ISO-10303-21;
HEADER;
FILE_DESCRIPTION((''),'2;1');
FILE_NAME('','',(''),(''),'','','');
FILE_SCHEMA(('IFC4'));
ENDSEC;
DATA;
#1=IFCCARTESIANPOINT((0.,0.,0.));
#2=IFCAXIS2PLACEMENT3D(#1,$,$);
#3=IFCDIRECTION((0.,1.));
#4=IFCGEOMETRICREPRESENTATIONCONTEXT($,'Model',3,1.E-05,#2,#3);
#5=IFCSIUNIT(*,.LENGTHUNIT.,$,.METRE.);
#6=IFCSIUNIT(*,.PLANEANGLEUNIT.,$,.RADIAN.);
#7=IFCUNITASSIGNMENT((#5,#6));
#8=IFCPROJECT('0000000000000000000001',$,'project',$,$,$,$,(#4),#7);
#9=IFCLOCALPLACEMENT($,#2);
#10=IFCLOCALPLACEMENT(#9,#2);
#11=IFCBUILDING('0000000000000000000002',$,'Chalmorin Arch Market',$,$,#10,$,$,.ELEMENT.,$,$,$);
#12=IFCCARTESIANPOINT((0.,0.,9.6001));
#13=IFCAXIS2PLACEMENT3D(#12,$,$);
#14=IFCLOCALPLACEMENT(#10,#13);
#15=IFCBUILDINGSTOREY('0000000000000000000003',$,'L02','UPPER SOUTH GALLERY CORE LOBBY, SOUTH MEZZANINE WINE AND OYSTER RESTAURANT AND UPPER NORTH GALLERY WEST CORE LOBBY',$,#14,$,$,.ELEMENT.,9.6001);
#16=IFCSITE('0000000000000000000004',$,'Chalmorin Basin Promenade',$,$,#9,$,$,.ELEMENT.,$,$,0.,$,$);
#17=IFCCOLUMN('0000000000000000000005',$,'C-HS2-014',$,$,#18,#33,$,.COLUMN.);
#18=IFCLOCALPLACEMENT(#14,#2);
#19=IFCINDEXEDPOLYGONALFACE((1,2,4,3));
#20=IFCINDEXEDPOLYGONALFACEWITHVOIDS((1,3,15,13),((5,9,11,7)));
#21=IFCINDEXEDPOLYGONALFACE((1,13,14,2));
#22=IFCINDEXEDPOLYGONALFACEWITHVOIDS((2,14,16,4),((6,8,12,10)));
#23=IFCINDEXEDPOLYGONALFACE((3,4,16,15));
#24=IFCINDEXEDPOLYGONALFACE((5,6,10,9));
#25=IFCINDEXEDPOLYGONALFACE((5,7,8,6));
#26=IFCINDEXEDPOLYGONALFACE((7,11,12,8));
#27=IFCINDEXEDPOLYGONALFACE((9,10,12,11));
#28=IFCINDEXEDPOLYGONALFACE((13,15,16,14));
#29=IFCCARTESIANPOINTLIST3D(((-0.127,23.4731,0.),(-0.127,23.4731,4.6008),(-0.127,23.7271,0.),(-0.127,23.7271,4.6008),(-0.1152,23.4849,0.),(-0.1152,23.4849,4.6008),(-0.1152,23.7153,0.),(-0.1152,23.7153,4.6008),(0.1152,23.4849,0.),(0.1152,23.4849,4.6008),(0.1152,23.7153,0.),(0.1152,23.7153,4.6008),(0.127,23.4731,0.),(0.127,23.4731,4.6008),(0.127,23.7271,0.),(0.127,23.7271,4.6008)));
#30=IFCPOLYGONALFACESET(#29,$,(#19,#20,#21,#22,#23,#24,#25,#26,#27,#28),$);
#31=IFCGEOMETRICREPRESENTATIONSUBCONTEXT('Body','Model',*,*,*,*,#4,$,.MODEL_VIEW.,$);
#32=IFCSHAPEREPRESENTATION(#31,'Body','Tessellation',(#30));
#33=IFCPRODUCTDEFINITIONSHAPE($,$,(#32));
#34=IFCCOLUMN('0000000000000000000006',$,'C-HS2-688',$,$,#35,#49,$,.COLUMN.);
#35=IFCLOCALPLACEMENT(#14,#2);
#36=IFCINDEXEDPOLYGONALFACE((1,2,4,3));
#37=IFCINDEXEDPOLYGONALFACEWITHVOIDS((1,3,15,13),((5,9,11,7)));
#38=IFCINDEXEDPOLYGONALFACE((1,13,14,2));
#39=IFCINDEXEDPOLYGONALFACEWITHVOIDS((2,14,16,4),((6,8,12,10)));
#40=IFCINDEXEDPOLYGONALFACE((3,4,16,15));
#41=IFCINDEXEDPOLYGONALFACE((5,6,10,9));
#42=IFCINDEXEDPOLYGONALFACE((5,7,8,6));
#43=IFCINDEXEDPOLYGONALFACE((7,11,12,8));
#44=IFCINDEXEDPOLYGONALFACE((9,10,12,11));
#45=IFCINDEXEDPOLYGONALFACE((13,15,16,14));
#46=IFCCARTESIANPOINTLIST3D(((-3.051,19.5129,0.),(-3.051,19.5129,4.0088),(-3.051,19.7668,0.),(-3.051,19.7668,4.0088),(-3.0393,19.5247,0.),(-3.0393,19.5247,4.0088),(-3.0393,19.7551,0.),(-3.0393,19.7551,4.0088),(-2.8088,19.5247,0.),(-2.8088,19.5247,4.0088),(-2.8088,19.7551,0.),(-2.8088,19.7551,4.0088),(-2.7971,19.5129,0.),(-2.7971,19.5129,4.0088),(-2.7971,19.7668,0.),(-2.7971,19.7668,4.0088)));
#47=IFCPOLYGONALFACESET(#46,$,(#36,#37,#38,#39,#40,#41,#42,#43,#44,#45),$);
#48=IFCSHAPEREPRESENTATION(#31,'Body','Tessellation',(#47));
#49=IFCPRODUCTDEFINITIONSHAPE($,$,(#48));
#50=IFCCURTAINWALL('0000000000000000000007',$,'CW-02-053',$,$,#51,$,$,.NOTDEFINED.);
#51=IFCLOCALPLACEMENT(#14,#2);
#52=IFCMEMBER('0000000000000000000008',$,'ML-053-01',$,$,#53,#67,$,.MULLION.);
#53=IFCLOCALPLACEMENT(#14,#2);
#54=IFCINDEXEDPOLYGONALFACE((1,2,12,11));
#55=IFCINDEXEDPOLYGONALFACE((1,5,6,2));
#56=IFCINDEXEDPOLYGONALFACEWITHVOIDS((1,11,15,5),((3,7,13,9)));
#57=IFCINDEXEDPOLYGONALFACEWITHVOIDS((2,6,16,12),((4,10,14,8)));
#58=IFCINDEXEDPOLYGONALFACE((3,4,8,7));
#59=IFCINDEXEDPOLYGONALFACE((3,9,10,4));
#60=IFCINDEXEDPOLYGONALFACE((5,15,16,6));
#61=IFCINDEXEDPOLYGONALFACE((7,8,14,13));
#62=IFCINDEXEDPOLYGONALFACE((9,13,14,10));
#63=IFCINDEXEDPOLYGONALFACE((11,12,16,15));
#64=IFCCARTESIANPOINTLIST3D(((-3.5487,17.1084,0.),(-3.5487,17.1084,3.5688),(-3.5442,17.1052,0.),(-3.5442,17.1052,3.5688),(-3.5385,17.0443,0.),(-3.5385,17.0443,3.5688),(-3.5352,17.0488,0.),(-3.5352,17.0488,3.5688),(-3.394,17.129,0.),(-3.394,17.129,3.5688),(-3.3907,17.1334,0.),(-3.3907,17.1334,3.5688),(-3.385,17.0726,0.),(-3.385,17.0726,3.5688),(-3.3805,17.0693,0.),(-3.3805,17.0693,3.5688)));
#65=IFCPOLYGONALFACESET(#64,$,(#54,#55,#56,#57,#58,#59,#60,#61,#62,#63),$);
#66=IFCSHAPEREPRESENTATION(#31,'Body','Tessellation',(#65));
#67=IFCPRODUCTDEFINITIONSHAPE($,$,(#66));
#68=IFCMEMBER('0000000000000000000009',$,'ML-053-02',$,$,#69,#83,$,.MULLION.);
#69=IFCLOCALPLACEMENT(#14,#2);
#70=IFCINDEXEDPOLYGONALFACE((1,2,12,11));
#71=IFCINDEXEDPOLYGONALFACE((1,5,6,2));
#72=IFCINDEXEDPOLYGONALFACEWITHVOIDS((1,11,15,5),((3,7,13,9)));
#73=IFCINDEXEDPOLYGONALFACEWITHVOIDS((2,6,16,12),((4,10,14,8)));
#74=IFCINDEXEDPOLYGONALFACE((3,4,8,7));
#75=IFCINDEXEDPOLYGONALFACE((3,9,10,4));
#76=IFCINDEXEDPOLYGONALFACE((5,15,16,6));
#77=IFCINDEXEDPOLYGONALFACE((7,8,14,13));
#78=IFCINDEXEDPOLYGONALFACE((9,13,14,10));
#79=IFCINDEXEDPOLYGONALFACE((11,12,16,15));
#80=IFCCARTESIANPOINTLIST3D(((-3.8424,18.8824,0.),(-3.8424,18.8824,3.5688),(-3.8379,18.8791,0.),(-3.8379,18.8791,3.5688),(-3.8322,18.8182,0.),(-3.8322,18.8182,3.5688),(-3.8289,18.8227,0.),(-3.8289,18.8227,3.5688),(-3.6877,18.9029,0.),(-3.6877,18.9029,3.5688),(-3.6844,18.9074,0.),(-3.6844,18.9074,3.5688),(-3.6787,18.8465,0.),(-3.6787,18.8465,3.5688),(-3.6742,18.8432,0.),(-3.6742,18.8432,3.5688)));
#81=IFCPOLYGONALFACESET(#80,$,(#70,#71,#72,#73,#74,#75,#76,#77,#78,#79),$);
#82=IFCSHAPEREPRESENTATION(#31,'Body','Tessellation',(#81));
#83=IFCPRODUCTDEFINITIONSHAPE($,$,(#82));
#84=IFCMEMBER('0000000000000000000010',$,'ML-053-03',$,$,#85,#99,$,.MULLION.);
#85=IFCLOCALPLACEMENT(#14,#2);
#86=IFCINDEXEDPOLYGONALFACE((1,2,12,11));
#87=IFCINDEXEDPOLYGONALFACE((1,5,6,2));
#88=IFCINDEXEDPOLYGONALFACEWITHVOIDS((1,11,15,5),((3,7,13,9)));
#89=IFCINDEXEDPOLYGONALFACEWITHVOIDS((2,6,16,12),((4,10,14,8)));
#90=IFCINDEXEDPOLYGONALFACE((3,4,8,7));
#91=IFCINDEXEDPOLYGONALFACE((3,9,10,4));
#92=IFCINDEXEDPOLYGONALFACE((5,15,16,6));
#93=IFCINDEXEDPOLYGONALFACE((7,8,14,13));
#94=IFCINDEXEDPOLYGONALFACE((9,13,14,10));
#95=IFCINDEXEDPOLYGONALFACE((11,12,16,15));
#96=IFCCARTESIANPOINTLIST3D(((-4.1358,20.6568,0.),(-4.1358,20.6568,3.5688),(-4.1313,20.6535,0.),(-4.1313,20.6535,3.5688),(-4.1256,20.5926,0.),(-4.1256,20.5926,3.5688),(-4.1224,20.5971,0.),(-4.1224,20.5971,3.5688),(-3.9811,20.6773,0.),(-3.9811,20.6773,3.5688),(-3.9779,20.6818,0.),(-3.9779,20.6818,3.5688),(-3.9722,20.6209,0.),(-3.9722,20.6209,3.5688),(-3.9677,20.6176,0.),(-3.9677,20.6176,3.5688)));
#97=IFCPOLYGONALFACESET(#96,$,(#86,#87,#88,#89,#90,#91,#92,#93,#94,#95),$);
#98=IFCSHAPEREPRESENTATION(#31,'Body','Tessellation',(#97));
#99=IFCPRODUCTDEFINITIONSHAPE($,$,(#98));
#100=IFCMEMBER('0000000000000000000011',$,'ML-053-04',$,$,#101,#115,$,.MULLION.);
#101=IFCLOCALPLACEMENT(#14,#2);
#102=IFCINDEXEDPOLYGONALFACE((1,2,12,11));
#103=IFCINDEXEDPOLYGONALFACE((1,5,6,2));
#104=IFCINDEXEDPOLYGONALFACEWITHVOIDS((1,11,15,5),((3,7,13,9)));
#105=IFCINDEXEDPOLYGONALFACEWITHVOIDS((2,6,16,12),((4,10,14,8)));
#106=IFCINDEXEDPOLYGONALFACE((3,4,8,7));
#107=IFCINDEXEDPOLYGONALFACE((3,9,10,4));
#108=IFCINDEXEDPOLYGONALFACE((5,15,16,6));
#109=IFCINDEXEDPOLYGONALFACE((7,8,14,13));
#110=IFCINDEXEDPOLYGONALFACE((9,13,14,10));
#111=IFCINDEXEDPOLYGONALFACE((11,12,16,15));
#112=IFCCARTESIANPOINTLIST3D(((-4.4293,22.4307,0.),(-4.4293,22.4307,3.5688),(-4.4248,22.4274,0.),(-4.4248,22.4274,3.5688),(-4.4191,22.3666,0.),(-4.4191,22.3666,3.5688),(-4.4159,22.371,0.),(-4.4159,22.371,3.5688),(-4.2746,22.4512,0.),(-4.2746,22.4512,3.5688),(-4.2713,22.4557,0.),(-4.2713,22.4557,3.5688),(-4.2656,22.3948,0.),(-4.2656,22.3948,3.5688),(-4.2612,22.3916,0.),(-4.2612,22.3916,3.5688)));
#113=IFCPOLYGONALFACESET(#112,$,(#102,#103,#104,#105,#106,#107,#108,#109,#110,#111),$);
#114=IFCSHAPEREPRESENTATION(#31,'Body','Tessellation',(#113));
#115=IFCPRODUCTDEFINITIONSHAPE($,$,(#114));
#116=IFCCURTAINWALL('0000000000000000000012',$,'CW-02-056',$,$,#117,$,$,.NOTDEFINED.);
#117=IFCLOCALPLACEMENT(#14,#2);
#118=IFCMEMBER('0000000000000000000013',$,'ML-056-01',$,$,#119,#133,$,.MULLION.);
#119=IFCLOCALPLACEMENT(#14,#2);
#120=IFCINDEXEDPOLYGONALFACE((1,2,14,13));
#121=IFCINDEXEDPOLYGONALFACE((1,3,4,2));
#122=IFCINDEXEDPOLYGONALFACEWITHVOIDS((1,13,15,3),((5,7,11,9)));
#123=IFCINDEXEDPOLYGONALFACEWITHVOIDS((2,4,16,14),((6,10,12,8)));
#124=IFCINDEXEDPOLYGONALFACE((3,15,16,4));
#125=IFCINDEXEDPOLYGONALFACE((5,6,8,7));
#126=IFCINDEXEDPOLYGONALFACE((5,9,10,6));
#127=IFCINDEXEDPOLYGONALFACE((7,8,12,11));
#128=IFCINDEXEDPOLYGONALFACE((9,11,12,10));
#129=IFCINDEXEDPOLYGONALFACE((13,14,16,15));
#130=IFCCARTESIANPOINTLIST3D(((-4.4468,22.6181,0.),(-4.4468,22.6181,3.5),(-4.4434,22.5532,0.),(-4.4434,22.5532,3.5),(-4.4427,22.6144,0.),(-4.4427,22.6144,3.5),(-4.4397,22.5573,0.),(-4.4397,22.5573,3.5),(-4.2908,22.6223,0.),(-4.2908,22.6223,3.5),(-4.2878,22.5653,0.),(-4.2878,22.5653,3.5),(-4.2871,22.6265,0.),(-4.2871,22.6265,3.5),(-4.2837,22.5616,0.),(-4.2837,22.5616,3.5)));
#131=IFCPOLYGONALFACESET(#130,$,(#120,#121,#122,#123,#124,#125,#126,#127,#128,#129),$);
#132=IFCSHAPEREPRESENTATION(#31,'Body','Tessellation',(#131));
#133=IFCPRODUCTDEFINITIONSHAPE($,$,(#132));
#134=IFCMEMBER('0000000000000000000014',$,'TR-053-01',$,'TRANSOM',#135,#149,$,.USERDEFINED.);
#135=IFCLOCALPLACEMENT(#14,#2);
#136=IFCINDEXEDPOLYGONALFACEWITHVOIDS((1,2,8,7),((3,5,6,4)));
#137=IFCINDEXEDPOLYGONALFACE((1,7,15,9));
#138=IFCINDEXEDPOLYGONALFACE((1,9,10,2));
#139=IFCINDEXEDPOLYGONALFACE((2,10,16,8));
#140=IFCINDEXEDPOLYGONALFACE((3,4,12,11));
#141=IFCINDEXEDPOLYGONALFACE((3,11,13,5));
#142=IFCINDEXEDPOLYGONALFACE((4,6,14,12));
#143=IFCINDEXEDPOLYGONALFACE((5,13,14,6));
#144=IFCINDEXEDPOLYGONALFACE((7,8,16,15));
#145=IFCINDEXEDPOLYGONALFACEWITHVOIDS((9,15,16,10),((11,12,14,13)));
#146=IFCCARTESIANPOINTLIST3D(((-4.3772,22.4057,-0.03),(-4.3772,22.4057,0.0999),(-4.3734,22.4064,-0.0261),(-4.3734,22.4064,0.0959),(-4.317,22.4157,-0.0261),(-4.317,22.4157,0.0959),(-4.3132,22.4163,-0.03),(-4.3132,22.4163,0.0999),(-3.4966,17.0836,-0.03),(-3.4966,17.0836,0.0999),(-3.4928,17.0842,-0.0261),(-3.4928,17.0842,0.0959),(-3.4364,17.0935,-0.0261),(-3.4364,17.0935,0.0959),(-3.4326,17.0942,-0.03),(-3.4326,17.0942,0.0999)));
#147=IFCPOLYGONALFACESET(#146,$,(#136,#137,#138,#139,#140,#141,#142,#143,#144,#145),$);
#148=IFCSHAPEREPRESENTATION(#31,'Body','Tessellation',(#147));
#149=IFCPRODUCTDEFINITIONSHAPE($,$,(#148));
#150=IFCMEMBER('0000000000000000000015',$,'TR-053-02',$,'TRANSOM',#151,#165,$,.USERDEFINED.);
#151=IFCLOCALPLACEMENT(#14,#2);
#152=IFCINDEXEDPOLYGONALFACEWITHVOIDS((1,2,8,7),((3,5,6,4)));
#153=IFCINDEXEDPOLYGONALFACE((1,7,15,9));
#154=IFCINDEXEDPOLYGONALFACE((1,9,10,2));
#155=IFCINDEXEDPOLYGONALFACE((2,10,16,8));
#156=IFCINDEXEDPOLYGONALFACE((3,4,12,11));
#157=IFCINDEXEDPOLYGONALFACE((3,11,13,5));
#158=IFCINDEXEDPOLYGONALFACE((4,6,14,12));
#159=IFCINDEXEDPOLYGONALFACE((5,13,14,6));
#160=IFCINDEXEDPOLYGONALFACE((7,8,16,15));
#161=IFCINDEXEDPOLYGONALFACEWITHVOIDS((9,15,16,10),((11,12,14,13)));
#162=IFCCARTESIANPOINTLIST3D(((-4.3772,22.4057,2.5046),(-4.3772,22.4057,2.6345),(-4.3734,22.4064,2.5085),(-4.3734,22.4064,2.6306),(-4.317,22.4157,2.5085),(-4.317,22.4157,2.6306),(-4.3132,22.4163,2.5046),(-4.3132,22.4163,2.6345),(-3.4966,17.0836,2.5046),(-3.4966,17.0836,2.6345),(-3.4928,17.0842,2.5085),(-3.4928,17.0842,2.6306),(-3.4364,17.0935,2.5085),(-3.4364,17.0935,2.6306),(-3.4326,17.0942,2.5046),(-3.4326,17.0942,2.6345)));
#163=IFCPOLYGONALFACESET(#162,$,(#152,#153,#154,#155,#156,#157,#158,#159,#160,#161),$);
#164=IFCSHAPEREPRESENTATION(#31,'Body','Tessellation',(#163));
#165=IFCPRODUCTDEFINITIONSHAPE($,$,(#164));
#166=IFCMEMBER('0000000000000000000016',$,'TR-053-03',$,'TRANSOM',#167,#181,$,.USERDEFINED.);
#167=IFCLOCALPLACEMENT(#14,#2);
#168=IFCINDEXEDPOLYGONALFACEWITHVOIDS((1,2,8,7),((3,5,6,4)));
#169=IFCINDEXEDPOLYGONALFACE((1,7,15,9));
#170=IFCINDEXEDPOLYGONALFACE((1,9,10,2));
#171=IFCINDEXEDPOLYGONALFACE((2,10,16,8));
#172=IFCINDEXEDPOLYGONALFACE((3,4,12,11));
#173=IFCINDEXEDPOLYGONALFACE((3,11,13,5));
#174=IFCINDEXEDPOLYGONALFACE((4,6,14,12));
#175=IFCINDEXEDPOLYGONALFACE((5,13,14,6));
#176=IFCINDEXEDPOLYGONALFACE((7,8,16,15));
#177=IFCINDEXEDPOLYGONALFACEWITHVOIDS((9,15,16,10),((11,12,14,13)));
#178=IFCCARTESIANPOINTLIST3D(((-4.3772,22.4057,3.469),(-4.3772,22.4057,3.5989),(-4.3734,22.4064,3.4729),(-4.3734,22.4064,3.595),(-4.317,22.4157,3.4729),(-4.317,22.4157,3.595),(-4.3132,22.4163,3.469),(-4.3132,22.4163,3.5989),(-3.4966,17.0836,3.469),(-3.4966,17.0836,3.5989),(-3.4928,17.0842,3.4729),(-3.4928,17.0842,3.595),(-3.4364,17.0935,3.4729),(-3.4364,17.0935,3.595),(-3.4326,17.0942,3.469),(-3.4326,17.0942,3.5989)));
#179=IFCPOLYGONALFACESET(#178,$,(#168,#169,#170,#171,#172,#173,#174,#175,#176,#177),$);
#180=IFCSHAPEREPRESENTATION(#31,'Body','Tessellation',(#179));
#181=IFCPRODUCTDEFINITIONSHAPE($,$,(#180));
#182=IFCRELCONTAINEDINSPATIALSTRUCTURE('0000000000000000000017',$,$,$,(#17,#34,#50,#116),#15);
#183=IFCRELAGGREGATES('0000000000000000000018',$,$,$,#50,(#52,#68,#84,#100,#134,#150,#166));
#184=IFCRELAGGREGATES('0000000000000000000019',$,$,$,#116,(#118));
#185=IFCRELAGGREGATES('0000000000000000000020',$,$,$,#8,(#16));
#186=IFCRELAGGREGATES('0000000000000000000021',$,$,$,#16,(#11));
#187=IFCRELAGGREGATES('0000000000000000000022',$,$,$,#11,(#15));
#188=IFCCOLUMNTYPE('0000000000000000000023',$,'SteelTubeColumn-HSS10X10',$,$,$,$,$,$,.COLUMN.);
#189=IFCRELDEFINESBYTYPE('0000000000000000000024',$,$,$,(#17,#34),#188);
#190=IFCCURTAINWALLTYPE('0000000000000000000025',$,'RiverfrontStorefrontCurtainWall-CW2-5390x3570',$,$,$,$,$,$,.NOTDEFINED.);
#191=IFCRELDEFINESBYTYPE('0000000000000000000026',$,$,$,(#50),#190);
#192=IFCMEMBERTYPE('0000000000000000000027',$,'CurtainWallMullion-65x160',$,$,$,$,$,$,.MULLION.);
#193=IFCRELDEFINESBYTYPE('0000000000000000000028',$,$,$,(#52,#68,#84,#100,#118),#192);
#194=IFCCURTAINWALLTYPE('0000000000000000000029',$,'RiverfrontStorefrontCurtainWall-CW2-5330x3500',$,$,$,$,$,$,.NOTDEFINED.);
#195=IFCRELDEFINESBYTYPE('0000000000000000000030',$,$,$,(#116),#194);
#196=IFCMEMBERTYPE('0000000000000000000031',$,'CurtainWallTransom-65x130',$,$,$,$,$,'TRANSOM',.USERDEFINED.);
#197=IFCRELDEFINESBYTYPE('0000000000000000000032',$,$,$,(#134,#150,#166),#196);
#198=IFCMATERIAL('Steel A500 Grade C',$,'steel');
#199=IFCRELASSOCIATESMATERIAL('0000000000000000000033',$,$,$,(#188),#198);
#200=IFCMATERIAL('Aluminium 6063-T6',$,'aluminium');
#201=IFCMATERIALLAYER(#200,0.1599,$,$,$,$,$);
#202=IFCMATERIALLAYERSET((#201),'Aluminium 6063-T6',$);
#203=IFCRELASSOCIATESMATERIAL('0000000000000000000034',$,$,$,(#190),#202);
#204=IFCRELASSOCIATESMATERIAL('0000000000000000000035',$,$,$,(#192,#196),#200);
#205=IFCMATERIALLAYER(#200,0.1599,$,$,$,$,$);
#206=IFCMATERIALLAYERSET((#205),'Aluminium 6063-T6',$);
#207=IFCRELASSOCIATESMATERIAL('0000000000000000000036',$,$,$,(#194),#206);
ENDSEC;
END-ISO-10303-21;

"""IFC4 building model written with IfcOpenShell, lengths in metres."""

from ifc_helpers import new_model, si_unit, direction, frame, origin, origin_2d, place, context, subcontext, project, spatial, hollow_rectangle, extrude, material, layer, layer_set, material_profile, profile_set, type_object, element, aggregate, save


model = new_model("IFC4")

# Units and contexts
model_context = context("Model", 3, precision=1e-05, world=origin(), true_north=direction((0.0, 1.0)))
body_context = subcontext(model_context, "Body", "Model", "MODEL_VIEW")
ifc_project = project(units=[si_unit("LENGTHUNIT", "METRE"), si_unit("PLANEANGLEUNIT", "RADIAN")], contexts=[model_context])

# Site, building, storey
site_placement = place(None, origin())
site = spatial("IfcSite", under=ifc_project, at=site_placement, Name="Chalmorin Basin Promenade", CompositionType="ELEMENT", RefElevation=0.0)
building_placement = place(site_placement, origin())
building = spatial("IfcBuilding", under=site, at=building_placement, Name="Chalmorin Arch Market", CompositionType="ELEMENT")
storey_placement = place(building_placement, frame((0.0, 0.0, 9.6001)))
storey = spatial("IfcBuildingStorey", under=building, at=storey_placement, Name="L02", Description="UPPER SOUTH GALLERY CORE LOBBY, SOUTH MEZZANINE WINE AND OYSTER RESTAURANT AND UPPER NORTH GALLERY WEST CORE LOBBY", CompositionType="ELEMENT", Elevation=9.6001)

# Columns
ifc_material_1 = material(Name="Steel A500 Grade C", Category="steel")
ifc_material_profile_1 = material_profile(ifc_material_1, hollow_rectangle(XDim=0.2539, YDim=0.2539, WallThickness=0.0117, at=origin_2d()), Name="HSS10X10X1/2")
ifc_profile_set_1 = profile_set([ifc_material_profile_1], Name="Steel A500 Grade C")
column_type = type_object("IfcColumnType", Name="SteelTubeColumn-HSS10X10", PredefinedType="COLUMN", material=ifc_profile_set_1)
column_1_placement = place(storey_placement, frame((0.0, 23.6001, 0.0), z_axis=(0.0, 0.0, 1.0), x_axis=(1.0, 0.0, 0.0)))
element("IfcColumn", 1, at=column_1_placement, inside=storey, type_object=column_type, Name="C-HS2-014", PredefinedType="COLUMN", context=body_context, shape_type="SweptSolid", body=[
    extrude(hollow_rectangle(XDim=0.2539, YDim=0.2539, WallThickness=0.0117, at=origin_2d()), origin(), (0.0, 0.0, 1.0), 4.6008),
])
column_2_placement = place(storey_placement, frame((-2.9241, 19.6399, 0.0), z_axis=(0.0, 0.0, 1.0), x_axis=(1.0, 0.0, 0.0)))
element("IfcColumn", 2, at=column_2_placement, inside=storey, type_object=column_type, Name="C-HS2-688", PredefinedType="COLUMN", context=body_context, shape_type="SweptSolid", body=[
    extrude(hollow_rectangle(XDim=0.2539, YDim=0.2539, WallThickness=0.0117, at=origin_2d()), origin(), (0.0, 0.0, 1.0), 4.0088),
])

# Curtain wall, members
ifc_material_2 = material(Name="Aluminium 6063-T6", Category="aluminium")
ifc_layer_1 = layer(ifc_material_2, 0.1599)
ifc_layer_set_1 = layer_set([ifc_layer_1], Name="Aluminium 6063-T6")
curtain_wall_type_1 = type_object("IfcCurtainWallType", Name="RiverfrontStorefrontCurtainWall-CW2-5390x3570", PredefinedType="NOTDEFINED", material=ifc_layer_set_1)
curtain_wall_1_placement = place(storey_placement, origin())
curtain_wall_1 = element("IfcCurtainWall", 3, at=curtain_wall_1_placement, inside=storey, type_object=curtain_wall_type_1, Name="CW-02-053", PredefinedType="NOTDEFINED")
ifc_material_profile_2 = material_profile(ifc_material_2, hollow_rectangle(XDim=0.0649, YDim=0.1599, WallThickness=0.0039, at=origin_2d()), Name="ALU65X160X4")
ifc_profile_set_2 = profile_set([ifc_material_profile_2], Name="Aluminium 6063-T6")
member_type_1 = type_object("IfcMemberType", Name="CurtainWallMullion-65x160", PredefinedType="MULLION", material=ifc_profile_set_2)
member_1_placement = place(storey_placement, frame((-3.4646, 17.0889, 0.0), z_axis=(0.0, 0.0, 1.0), x_axis=(-0.156434, 0.987688, 0.0)))
member_1 = element("IfcMember", 4, at=member_1_placement, type_object=member_type_1, Name="ML-053-01", PredefinedType="MULLION", context=body_context, shape_type="SweptSolid", body=[
    extrude(hollow_rectangle(XDim=0.0649, YDim=0.1599, WallThickness=0.0039, at=origin_2d()), origin(), (0.0, 0.0, 1.0), 3.5688),
])
member_2_placement = place(storey_placement, frame((-3.7583, 18.8628, 0.0), z_axis=(0.0, 0.0, 1.0), x_axis=(-0.156434, 0.987688, 0.0)))
member_2 = element("IfcMember", 5, at=member_2_placement, type_object=member_type_1, Name="ML-053-02", PredefinedType="MULLION", context=body_context, shape_type="SweptSolid", body=[
    extrude(hollow_rectangle(XDim=0.0649, YDim=0.1599, WallThickness=0.0039, at=origin_2d()), origin(), (0.0, 0.0, 1.0), 3.5688),
])
member_3_placement = place(storey_placement, frame((-4.0518, 20.6372, 0.0), z_axis=(0.0, 0.0, 1.0), x_axis=(-0.156434, 0.987688, 0.0)))
member_3 = element("IfcMember", 6, at=member_3_placement, type_object=member_type_1, Name="ML-053-03", PredefinedType="MULLION", context=body_context, shape_type="SweptSolid", body=[
    extrude(hollow_rectangle(XDim=0.0649, YDim=0.1599, WallThickness=0.0039, at=origin_2d()), origin(), (0.0, 0.0, 1.0), 3.5688),
])
member_4_placement = place(storey_placement, frame((-4.3452, 22.4111, 0.0), z_axis=(0.0, 0.0, 1.0), x_axis=(-0.156434, 0.987688, 0.0)))
member_4 = element("IfcMember", 7, at=member_4_placement, type_object=member_type_1, Name="ML-053-04", PredefinedType="MULLION", context=body_context, shape_type="SweptSolid", body=[
    extrude(hollow_rectangle(XDim=0.0649, YDim=0.1599, WallThickness=0.0039, at=origin_2d()), origin(), (0.0, 0.0, 1.0), 3.5688),
])

# Curtain wall, member
ifc_layer_2 = layer(ifc_material_2, 0.1599)
ifc_layer_set_2 = layer_set([ifc_layer_2], Name="Aluminium 6063-T6")
curtain_wall_type_2 = type_object("IfcCurtainWallType", Name="RiverfrontStorefrontCurtainWall-CW2-5330x3500", PredefinedType="NOTDEFINED", material=ifc_layer_set_2)
curtain_wall_2_placement = place(storey_placement, origin())
curtain_wall_2 = element("IfcCurtainWall", 8, at=curtain_wall_2_placement, inside=storey, type_object=curtain_wall_type_2, Name="CW-02-056", PredefinedType="NOTDEFINED")
member_5_placement = place(storey_placement, frame((-4.3652, 22.5898, 0.0), z_axis=(0.0, 0.0, 1.0), x_axis=(-0.052336, 0.99863, 0.0)))
member_5 = element("IfcMember", 9, at=member_5_placement, type_object=member_type_1, Name="ML-056-01", PredefinedType="MULLION", context=body_context, shape_type="SweptSolid", body=[
    extrude(hollow_rectangle(XDim=0.0649, YDim=0.1599, WallThickness=0.0039, at=origin_2d()), origin(), (0.0, 0.0, 1.0), 3.5),
])

# Members
ifc_material_profile_3 = material_profile(ifc_material_2, hollow_rectangle(XDim=0.0649, YDim=0.1299, WallThickness=0.0039, at=origin_2d()), Name="ALU65X130X4")
ifc_profile_set_3 = profile_set([ifc_material_profile_3], Name="Aluminium 6063-T6")
member_type_2 = type_object("IfcMemberType", Name="CurtainWallTransom-65x130", ElementType="TRANSOM", PredefinedType="USERDEFINED", material=ifc_profile_set_3)
member_6_placement = place(storey_placement, frame((-3.4646, 17.0889, 0.0349), z_axis=(-0.163239, 0.986586, 0.0), x_axis=(-0.986586, -0.163239, 0.0)))
member_6 = element("IfcMember", 10, at=member_6_placement, type_object=member_type_2, Name="TR-053-01", ObjectType="TRANSOM", PredefinedType="USERDEFINED", context=body_context, shape_type="SweptSolid", body=[
    extrude(hollow_rectangle(XDim=0.0649, YDim=0.1299, WallThickness=0.0039, at=origin_2d()), origin(), (0.0, 0.0, 1.0), 5.3945),
])
member_7_placement = place(storey_placement, frame((-3.4646, 17.0889, 2.5696), z_axis=(-0.163239, 0.986586, 0.0), x_axis=(-0.986586, -0.163239, 0.0)))
member_7 = element("IfcMember", 11, at=member_7_placement, type_object=member_type_2, Name="TR-053-02", ObjectType="TRANSOM", PredefinedType="USERDEFINED", context=body_context, shape_type="SweptSolid", body=[
    extrude(hollow_rectangle(XDim=0.0649, YDim=0.1299, WallThickness=0.0039, at=origin_2d()), origin(), (0.0, 0.0, 1.0), 5.3945),
])
member_8_placement = place(storey_placement, frame((-3.4646, 17.0889, 3.5339), z_axis=(-0.163239, 0.986586, 0.0), x_axis=(-0.986586, -0.163239, 0.0)))
member_8 = element("IfcMember", 12, at=member_8_placement, type_object=member_type_2, Name="TR-053-03", ObjectType="TRANSOM", PredefinedType="USERDEFINED", context=body_context, shape_type="SweptSolid", body=[
    extrude(hollow_rectangle(XDim=0.0649, YDim=0.1299, WallThickness=0.0039, at=origin_2d()), origin(), (0.0, 0.0, 1.0), 5.3945),
])

aggregate(curtain_wall_1, [member_1, member_2, member_3, member_4, member_6, member_7, member_8])
aggregate(curtain_wall_2, [member_5])

save(model, "model.ifc")
